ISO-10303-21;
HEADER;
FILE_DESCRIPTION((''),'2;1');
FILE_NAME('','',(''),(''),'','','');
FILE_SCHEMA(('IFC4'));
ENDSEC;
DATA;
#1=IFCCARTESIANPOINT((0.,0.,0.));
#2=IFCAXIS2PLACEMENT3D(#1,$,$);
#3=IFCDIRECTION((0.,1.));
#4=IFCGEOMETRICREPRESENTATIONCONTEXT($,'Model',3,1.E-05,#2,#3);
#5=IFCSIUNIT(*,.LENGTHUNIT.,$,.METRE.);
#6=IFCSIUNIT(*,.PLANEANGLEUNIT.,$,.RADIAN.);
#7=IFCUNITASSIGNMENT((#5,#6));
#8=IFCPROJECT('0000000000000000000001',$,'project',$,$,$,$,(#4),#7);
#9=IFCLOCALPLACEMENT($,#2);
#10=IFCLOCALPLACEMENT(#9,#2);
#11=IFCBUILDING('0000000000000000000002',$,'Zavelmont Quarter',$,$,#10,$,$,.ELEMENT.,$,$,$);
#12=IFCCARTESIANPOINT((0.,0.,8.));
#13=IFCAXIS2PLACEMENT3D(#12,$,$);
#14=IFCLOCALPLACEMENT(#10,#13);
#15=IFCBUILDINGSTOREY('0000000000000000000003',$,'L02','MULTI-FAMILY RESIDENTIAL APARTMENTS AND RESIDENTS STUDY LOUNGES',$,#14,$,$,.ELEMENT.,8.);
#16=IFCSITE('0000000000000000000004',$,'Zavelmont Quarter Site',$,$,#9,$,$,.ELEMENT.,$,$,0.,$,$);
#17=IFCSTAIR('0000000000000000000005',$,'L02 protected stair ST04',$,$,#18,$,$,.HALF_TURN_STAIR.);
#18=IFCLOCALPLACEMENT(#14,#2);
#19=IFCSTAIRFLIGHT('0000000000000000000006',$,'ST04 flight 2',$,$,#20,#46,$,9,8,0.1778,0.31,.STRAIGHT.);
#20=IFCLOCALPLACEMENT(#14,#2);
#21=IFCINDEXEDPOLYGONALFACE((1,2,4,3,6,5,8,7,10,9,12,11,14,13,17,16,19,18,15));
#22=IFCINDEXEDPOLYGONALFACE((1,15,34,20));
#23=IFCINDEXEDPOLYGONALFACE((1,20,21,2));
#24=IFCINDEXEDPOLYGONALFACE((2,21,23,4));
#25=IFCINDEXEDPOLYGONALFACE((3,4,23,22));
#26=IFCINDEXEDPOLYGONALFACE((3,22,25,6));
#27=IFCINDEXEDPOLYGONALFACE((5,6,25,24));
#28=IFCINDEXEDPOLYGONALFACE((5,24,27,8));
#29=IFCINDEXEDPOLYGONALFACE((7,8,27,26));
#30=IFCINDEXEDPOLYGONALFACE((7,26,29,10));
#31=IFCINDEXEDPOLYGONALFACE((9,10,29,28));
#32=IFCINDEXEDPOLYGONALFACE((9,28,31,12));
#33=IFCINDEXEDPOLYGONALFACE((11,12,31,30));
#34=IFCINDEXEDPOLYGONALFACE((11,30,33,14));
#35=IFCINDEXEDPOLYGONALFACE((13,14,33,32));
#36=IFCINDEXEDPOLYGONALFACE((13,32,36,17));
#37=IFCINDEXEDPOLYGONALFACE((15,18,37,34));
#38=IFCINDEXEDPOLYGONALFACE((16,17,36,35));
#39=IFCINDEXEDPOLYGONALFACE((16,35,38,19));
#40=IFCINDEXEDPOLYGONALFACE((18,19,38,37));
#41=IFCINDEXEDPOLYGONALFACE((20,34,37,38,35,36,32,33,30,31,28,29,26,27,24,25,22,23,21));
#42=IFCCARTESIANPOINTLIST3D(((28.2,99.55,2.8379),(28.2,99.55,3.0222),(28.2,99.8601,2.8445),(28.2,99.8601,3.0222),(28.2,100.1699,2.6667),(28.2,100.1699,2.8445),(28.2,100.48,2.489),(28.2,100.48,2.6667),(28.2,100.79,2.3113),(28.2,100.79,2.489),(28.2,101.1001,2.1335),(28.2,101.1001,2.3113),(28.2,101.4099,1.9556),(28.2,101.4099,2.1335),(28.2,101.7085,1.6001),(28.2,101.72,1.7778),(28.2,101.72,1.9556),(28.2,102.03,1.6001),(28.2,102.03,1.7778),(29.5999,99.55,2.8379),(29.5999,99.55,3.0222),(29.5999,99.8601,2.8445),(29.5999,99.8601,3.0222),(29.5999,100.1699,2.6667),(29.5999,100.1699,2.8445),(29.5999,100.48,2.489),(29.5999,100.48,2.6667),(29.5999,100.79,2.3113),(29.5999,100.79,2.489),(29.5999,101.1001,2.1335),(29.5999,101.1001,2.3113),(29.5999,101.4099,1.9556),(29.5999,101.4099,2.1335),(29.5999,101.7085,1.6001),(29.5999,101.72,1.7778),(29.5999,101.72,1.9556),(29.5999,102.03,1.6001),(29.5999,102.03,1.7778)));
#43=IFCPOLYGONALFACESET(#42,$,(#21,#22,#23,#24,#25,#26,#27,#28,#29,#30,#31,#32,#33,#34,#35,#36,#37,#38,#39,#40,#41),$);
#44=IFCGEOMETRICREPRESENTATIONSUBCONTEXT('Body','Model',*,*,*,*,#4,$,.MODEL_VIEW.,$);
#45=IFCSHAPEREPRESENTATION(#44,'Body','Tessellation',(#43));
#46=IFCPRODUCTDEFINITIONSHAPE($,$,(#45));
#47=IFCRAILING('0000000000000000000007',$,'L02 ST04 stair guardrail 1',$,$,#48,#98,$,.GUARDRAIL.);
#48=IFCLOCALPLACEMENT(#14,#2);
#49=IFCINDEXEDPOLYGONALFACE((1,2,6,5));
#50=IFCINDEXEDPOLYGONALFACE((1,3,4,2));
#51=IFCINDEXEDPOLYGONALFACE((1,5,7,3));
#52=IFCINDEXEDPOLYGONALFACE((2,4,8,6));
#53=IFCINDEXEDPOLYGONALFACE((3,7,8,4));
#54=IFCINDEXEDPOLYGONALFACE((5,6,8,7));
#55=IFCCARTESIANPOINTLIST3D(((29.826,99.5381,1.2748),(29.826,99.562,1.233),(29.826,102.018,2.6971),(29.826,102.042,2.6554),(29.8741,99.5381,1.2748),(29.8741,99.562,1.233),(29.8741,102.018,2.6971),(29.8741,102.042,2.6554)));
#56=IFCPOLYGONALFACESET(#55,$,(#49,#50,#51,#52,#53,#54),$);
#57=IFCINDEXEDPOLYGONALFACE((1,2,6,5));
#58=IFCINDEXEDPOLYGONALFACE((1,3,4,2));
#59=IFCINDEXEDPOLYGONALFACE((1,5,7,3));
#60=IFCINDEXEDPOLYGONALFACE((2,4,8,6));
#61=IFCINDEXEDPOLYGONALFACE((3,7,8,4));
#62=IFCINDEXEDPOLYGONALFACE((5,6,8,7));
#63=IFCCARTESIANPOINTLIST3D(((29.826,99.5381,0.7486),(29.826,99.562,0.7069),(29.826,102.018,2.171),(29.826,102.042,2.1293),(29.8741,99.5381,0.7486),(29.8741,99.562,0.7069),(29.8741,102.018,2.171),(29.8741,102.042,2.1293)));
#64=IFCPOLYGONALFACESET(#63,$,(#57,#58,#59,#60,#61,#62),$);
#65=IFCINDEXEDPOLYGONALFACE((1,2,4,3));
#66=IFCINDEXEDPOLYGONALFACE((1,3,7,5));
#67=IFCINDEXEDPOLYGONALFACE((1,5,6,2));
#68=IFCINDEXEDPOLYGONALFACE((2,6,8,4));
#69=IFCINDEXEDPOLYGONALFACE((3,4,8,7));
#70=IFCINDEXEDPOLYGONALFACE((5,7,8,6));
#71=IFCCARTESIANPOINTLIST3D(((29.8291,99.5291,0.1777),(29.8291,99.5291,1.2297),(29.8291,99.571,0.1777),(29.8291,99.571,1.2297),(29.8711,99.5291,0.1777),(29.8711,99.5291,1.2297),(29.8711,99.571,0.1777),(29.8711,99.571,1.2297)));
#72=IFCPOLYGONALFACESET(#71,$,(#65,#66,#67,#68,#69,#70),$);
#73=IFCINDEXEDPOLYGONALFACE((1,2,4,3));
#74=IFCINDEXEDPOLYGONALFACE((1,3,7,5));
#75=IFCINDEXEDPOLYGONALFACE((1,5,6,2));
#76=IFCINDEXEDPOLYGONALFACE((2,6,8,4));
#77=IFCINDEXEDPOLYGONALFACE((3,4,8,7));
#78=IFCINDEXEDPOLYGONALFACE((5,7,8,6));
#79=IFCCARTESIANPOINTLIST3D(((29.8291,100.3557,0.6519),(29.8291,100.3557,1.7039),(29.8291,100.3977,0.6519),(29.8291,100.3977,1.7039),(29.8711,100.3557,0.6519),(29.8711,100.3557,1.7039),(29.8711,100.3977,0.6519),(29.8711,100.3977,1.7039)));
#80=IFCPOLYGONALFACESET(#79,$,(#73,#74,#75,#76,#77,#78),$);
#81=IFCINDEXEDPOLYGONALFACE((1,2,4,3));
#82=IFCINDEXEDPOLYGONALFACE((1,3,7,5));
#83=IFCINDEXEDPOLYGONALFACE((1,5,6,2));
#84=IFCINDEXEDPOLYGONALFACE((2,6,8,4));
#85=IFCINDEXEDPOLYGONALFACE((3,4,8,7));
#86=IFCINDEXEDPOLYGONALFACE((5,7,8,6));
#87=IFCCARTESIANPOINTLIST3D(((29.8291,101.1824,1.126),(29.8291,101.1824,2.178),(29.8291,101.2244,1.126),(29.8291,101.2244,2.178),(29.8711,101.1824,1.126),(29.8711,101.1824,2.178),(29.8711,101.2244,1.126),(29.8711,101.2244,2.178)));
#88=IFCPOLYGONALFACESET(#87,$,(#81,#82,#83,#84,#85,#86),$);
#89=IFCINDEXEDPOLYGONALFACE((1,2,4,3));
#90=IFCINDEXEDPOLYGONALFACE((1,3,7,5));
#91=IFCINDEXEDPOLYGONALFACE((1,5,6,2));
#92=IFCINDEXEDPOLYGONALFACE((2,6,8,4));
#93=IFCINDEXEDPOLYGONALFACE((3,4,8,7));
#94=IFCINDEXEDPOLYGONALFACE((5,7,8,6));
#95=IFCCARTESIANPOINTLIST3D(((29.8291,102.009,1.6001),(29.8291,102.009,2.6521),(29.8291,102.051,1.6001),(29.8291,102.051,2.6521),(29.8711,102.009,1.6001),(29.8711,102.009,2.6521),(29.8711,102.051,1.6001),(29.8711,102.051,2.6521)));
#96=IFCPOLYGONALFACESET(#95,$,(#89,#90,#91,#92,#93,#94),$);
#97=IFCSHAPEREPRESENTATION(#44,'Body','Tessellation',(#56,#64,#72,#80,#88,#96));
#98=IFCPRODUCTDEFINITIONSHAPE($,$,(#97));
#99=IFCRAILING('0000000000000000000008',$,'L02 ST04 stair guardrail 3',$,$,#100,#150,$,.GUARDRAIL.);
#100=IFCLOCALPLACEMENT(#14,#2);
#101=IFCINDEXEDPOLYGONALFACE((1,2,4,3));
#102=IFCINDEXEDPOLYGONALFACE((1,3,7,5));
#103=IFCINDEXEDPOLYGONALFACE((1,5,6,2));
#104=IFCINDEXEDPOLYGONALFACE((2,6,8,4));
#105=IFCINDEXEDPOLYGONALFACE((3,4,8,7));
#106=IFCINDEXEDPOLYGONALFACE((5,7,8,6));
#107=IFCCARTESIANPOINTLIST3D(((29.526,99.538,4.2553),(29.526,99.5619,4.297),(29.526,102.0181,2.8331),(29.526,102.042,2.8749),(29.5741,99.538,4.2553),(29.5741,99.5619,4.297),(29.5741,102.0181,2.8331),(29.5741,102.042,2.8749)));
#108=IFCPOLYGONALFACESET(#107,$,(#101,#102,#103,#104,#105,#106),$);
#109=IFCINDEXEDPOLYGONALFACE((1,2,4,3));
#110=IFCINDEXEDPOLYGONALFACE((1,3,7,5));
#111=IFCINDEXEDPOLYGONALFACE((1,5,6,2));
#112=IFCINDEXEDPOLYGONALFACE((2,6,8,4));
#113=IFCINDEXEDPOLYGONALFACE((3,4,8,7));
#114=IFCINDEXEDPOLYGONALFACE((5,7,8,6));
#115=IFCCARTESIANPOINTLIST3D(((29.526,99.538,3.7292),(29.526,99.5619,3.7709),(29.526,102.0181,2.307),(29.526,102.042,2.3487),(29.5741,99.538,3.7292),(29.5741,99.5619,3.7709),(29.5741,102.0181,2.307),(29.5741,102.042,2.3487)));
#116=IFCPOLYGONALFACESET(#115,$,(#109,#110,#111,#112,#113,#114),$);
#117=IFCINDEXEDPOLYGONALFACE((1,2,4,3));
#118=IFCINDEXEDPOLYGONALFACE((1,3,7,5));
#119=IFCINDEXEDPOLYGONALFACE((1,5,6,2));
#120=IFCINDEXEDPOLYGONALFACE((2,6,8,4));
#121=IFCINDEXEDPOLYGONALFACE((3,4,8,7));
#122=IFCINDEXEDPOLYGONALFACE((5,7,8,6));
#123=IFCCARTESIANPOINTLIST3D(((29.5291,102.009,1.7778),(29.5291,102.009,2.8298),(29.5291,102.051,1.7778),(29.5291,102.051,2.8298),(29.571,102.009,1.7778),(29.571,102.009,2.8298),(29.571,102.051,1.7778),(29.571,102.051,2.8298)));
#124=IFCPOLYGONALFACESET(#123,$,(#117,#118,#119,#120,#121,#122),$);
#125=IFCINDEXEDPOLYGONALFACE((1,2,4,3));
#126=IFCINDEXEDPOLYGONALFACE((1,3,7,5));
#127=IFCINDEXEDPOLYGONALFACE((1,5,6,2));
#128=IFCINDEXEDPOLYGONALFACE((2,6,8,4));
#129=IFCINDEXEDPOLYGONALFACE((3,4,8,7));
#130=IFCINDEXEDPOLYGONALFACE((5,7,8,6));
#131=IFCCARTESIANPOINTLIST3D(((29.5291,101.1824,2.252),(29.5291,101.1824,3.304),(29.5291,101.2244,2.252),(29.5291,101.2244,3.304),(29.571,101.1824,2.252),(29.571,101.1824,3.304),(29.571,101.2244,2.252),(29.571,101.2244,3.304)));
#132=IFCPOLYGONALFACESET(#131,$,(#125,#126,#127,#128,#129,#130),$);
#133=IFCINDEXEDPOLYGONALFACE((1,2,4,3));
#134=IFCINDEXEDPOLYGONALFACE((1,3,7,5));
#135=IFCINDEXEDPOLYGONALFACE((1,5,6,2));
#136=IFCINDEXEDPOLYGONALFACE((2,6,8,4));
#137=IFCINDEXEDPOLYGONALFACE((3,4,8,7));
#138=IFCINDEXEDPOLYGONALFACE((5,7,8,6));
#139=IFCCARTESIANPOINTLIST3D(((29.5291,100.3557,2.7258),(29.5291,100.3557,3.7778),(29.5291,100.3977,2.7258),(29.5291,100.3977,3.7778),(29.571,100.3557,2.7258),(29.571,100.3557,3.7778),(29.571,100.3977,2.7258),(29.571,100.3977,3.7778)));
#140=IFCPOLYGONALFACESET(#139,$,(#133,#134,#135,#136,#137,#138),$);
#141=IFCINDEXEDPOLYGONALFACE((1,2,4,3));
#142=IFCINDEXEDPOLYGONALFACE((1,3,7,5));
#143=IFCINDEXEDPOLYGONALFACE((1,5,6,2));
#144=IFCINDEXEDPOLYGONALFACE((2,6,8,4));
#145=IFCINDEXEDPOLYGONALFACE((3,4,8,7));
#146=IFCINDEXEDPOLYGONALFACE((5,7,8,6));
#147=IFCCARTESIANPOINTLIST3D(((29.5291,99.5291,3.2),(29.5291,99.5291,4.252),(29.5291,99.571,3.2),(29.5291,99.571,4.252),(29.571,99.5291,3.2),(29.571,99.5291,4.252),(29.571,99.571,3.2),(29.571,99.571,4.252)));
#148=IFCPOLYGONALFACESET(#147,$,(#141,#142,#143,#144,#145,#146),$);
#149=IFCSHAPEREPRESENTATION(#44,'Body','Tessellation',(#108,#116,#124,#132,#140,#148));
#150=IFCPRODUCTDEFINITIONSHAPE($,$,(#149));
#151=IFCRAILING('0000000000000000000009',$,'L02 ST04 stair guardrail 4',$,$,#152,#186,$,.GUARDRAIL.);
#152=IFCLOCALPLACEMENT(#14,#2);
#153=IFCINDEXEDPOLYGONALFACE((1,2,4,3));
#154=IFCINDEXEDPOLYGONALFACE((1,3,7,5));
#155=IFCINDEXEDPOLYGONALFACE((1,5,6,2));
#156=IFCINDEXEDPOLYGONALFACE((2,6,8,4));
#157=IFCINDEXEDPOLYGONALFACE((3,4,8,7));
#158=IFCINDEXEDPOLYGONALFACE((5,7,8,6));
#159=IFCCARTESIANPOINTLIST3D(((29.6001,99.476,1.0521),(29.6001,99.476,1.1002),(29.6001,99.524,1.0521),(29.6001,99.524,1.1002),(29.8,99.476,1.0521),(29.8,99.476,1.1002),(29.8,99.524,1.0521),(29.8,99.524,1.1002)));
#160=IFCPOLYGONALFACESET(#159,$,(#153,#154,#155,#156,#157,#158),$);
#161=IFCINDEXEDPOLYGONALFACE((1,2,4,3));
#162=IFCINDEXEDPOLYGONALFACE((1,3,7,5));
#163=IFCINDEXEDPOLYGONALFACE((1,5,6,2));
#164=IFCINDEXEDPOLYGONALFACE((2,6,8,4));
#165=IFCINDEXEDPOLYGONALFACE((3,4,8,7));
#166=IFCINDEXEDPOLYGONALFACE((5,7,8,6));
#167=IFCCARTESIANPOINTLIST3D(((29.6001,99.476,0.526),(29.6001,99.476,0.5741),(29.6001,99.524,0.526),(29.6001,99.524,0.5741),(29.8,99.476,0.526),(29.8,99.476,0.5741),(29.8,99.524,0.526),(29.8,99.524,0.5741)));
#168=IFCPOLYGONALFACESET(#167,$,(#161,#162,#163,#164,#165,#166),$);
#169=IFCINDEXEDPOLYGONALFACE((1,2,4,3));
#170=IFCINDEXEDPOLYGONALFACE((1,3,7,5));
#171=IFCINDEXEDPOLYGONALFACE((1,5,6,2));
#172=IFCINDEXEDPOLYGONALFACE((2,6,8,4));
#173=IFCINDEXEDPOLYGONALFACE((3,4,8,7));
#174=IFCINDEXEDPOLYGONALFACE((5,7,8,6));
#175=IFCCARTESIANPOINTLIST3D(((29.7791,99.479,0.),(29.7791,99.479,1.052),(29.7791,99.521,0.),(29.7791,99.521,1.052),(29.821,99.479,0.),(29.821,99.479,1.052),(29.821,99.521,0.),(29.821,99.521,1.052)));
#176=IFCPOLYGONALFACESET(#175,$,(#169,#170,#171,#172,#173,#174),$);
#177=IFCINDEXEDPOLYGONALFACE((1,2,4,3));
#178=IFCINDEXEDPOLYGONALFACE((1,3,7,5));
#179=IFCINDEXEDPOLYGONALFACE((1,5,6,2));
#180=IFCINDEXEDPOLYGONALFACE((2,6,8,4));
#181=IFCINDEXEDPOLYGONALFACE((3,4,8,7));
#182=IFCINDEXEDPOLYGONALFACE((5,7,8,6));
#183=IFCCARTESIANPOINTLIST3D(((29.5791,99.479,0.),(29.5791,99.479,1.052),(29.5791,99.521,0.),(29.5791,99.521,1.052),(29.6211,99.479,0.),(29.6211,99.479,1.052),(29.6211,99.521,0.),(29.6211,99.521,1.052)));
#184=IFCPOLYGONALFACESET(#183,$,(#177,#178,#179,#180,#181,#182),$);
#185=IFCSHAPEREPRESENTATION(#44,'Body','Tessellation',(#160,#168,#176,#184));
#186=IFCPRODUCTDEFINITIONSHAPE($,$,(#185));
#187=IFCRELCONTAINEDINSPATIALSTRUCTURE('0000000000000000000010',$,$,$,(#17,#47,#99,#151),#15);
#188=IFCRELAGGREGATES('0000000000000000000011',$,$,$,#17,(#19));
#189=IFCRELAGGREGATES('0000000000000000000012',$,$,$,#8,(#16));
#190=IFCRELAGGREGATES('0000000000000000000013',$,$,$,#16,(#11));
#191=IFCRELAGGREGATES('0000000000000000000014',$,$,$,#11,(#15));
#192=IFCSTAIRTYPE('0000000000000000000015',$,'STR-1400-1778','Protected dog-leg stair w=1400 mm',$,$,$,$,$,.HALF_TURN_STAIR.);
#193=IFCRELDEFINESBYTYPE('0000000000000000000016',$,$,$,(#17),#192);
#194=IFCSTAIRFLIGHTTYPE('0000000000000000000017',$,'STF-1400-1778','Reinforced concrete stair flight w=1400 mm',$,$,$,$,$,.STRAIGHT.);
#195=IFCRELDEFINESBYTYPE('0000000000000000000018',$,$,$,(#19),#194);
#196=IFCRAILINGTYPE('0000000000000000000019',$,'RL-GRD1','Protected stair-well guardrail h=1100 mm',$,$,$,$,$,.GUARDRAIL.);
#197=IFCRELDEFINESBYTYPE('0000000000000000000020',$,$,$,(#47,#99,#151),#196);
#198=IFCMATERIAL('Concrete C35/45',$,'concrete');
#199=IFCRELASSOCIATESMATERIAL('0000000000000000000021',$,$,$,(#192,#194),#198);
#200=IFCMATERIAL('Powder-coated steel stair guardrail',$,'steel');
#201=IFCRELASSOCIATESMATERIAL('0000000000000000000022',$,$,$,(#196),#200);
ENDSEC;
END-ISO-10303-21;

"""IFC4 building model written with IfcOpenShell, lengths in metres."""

from ifc_helpers import new_model, si_unit, direction, frame, origin, origin_2d, place, context, subcontext, project, spatial, polyline, rectangle, outline, extrude, material, type_object, element, aggregate, save


model = new_model("IFC4")

# Units and contexts
model_context = context("Model", 3, precision=1e-05, world=origin(), true_north=direction((0.0, 1.0)))
body_context = subcontext(model_context, "Body", "Model", "MODEL_VIEW")
ifc_project = project(units=[si_unit("LENGTHUNIT", "METRE"), si_unit("PLANEANGLEUNIT", "RADIAN")], contexts=[model_context])

# Site, building, storey
site_placement = place(None, origin())
site = spatial("IfcSite", under=ifc_project, at=site_placement, Name="Zavelmont Quarter Site", CompositionType="ELEMENT", RefElevation=0.0)
building_placement = place(site_placement, origin())
building = spatial("IfcBuilding", under=site, at=building_placement, Name="Zavelmont Quarter", CompositionType="ELEMENT")
storey_placement = place(building_placement, frame((0.0, 0.0, 8.0)))
storey = spatial("IfcBuildingStorey", under=building, at=storey_placement, Name="L02", Description="MULTI-FAMILY RESIDENTIAL APARTMENTS AND RESIDENTS STUDY LOUNGES", CompositionType="ELEMENT", Elevation=8.0)

# Stair, stair flight
ifc_material_1 = material(Name="Concrete C35/45", Category="concrete")
stair_type = type_object("IfcStairType", Name="STR-1400-1778", Description="Protected dog-leg stair w=1400 mm", PredefinedType="HALF_TURN_STAIR", material=ifc_material_1)
stair_placement = place(storey_placement, origin())
stair = element("IfcStair", 1, at=stair_placement, inside=storey, type_object=stair_type, Name="L02 protected stair ST04", PredefinedType="HALF_TURN_STAIR")
stair_flight_type = type_object("IfcStairFlightType", Name="STF-1400-1778", Description="Reinforced concrete stair flight w=1400 mm", PredefinedType="STRAIGHT", material=ifc_material_1)
stair_flight_1_placement = place(storey_placement, frame((28.8999, 102.03, 1.6001), z_axis=(0.0, 0.0, 1.0), x_axis=(0.0, -1.0, 0.0)))
stair_flight_1 = element("IfcStairFlight", 2, at=stair_flight_1_placement, type_object=stair_flight_type, Name="ST04 flight 2", NumberOfRisers=9, NumberOfTreads=8, PredefinedType="STRAIGHT", RiserHeight=0.1778, TreadLength=0.31, context=body_context, shape_type="SweptSolid", body=[
    extrude(outline(polyline([(0.0, 0.0), (0.0, 0.1777), (0.3101, 0.1777), (0.3101, 0.3555), (0.6201, 0.3555), (0.6201, 0.5334), (0.9299, 0.5334), (0.9299, 0.7112), (1.24, 0.7112), (1.24, 0.8889), (1.55, 0.8889), (1.55, 1.0667), (1.8601, 1.0667), (1.8601, 1.2444), (2.1699, 1.2444), (2.1699, 1.4221), (2.48, 1.4221), (2.48, 1.6001), (2.48, 1.2378), (0.3215, 0.0), (0.0, 0.0)])), frame((0.0, 0.7, 0.0), z_axis=(0.0, -1.0, 0.0), x_axis=(1.0, 0.0, 0.0)), (0.0, 0.0, 1.0), 1.3999),
])
aggregate(stair, [stair_flight_1])

# Railings
ifc_material_2 = material(Name="Powder-coated steel stair guardrail", Category="steel")
railing_type_1 = type_object("IfcRailingType", Name="RL-GRD1", Description="Protected stair-well guardrail h=1100 mm", PredefinedType="GUARDRAIL", material=ifc_material_2)
railing_1_placement = place(storey_placement, frame((29.8501, 99.55, 0.1777)))
element("IfcRailing", 3, at=railing_1_placement, inside=storey, type_object=railing_type_1, Name="L02 ST04 stair guardrail 1", PredefinedType="GUARDRAIL", context=body_context, shape_type="SweptSolid", body=[
    extrude(rectangle(XDim=0.0481, YDim=0.0481, at=origin_2d()), frame((0.0, 0.0, 1.0762), z_axis=(0.0, 0.867454, 0.497518), x_axis=(-1.0, 0.0, 0.0)), (0.0, 0.0, 1.0), 2.8589),
    extrude(rectangle(XDim=0.0481, YDim=0.0481, at=origin_2d()), frame((0.0, 0.0, 0.55), z_axis=(0.0, 0.867454, 0.497518), x_axis=(-1.0, 0.0, 0.0)), (0.0, 0.0, 1.0), 2.8589),
    extrude(rectangle(XDim=0.042, YDim=0.042, at=origin_2d()), origin(), (0.0, 0.0, 1.0), 1.052),
    extrude(rectangle(XDim=0.042, YDim=0.042, at=origin_2d()), frame((0.0, 0.8267, 0.4741)), (0.0, 0.0, 1.0), 1.052),
    extrude(rectangle(XDim=0.042, YDim=0.042, at=origin_2d()), frame((0.0, 1.6533, 0.9482)), (0.0, 0.0, 1.0), 1.052),
    extrude(rectangle(XDim=0.042, YDim=0.042, at=origin_2d()), frame((0.0, 2.48, 1.4224)), (0.0, 0.0, 1.0), 1.052),
])
railing_2_placement = place(storey_placement, frame((29.55, 102.03, 1.7778)))
element("IfcRailing", 4, at=railing_2_placement, inside=storey, type_object=railing_type_1, Name="L02 ST04 stair guardrail 3", PredefinedType="GUARDRAIL", context=body_context, shape_type="SweptSolid", body=[
    extrude(rectangle(XDim=0.0481, YDim=0.0481, at=origin_2d()), frame((0.0, 0.0, 1.0762), z_axis=(0.0, -0.867491, 0.497454), x_axis=(1.0, 0.0, 0.0)), (0.0, 0.0, 1.0), 2.8589),
    extrude(rectangle(XDim=0.0481, YDim=0.0481, at=origin_2d()), frame((0.0, 0.0, 0.55), z_axis=(0.0, -0.867491, 0.497454), x_axis=(1.0, 0.0, 0.0)), (0.0, 0.0, 1.0), 2.8589),
    extrude(rectangle(XDim=0.042, YDim=0.042, at=origin_2d()), origin(), (0.0, 0.0, 1.0), 1.052),
    extrude(rectangle(XDim=0.042, YDim=0.042, at=origin_2d()), frame((0.0, -0.8267, 0.4741)), (0.0, 0.0, 1.0), 1.052),
    extrude(rectangle(XDim=0.042, YDim=0.042, at=origin_2d()), frame((0.0, -1.6533, 0.948)), (0.0, 0.0, 1.0), 1.052),
    extrude(rectangle(XDim=0.042, YDim=0.042, at=origin_2d()), frame((0.0, -2.48, 1.4221)), (0.0, 0.0, 1.0), 1.052),
])
railing_3_placement = place(storey_placement, frame((29.8, 99.5, 0.0)))
element("IfcRailing", 5, at=railing_3_placement, inside=storey, type_object=railing_type_1, Name="L02 ST04 stair guardrail 4", PredefinedType="GUARDRAIL", context=body_context, shape_type="SweptSolid", body=[
    extrude(rectangle(XDim=0.0481, YDim=0.0481, at=origin_2d()), frame((0.0, 0.0, 1.0762), z_axis=(-1.0, 0.0, 0.0), x_axis=(0.0, -1.0, 0.0)), (0.0, 0.0, 1.0), 0.2),
    extrude(rectangle(XDim=0.0481, YDim=0.0481, at=origin_2d()), frame((0.0, 0.0, 0.55), z_axis=(-1.0, 0.0, 0.0), x_axis=(0.0, -1.0, 0.0)), (0.0, 0.0, 1.0), 0.2),
    extrude(rectangle(XDim=0.042, YDim=0.042, at=origin_2d()), origin(), (0.0, 0.0, 1.0), 1.052),
    extrude(rectangle(XDim=0.042, YDim=0.042, at=origin_2d()), frame((-0.2, 0.0, 0.0)), (0.0, 0.0, 1.0), 1.052),
])

save(model, "model.ifc")
